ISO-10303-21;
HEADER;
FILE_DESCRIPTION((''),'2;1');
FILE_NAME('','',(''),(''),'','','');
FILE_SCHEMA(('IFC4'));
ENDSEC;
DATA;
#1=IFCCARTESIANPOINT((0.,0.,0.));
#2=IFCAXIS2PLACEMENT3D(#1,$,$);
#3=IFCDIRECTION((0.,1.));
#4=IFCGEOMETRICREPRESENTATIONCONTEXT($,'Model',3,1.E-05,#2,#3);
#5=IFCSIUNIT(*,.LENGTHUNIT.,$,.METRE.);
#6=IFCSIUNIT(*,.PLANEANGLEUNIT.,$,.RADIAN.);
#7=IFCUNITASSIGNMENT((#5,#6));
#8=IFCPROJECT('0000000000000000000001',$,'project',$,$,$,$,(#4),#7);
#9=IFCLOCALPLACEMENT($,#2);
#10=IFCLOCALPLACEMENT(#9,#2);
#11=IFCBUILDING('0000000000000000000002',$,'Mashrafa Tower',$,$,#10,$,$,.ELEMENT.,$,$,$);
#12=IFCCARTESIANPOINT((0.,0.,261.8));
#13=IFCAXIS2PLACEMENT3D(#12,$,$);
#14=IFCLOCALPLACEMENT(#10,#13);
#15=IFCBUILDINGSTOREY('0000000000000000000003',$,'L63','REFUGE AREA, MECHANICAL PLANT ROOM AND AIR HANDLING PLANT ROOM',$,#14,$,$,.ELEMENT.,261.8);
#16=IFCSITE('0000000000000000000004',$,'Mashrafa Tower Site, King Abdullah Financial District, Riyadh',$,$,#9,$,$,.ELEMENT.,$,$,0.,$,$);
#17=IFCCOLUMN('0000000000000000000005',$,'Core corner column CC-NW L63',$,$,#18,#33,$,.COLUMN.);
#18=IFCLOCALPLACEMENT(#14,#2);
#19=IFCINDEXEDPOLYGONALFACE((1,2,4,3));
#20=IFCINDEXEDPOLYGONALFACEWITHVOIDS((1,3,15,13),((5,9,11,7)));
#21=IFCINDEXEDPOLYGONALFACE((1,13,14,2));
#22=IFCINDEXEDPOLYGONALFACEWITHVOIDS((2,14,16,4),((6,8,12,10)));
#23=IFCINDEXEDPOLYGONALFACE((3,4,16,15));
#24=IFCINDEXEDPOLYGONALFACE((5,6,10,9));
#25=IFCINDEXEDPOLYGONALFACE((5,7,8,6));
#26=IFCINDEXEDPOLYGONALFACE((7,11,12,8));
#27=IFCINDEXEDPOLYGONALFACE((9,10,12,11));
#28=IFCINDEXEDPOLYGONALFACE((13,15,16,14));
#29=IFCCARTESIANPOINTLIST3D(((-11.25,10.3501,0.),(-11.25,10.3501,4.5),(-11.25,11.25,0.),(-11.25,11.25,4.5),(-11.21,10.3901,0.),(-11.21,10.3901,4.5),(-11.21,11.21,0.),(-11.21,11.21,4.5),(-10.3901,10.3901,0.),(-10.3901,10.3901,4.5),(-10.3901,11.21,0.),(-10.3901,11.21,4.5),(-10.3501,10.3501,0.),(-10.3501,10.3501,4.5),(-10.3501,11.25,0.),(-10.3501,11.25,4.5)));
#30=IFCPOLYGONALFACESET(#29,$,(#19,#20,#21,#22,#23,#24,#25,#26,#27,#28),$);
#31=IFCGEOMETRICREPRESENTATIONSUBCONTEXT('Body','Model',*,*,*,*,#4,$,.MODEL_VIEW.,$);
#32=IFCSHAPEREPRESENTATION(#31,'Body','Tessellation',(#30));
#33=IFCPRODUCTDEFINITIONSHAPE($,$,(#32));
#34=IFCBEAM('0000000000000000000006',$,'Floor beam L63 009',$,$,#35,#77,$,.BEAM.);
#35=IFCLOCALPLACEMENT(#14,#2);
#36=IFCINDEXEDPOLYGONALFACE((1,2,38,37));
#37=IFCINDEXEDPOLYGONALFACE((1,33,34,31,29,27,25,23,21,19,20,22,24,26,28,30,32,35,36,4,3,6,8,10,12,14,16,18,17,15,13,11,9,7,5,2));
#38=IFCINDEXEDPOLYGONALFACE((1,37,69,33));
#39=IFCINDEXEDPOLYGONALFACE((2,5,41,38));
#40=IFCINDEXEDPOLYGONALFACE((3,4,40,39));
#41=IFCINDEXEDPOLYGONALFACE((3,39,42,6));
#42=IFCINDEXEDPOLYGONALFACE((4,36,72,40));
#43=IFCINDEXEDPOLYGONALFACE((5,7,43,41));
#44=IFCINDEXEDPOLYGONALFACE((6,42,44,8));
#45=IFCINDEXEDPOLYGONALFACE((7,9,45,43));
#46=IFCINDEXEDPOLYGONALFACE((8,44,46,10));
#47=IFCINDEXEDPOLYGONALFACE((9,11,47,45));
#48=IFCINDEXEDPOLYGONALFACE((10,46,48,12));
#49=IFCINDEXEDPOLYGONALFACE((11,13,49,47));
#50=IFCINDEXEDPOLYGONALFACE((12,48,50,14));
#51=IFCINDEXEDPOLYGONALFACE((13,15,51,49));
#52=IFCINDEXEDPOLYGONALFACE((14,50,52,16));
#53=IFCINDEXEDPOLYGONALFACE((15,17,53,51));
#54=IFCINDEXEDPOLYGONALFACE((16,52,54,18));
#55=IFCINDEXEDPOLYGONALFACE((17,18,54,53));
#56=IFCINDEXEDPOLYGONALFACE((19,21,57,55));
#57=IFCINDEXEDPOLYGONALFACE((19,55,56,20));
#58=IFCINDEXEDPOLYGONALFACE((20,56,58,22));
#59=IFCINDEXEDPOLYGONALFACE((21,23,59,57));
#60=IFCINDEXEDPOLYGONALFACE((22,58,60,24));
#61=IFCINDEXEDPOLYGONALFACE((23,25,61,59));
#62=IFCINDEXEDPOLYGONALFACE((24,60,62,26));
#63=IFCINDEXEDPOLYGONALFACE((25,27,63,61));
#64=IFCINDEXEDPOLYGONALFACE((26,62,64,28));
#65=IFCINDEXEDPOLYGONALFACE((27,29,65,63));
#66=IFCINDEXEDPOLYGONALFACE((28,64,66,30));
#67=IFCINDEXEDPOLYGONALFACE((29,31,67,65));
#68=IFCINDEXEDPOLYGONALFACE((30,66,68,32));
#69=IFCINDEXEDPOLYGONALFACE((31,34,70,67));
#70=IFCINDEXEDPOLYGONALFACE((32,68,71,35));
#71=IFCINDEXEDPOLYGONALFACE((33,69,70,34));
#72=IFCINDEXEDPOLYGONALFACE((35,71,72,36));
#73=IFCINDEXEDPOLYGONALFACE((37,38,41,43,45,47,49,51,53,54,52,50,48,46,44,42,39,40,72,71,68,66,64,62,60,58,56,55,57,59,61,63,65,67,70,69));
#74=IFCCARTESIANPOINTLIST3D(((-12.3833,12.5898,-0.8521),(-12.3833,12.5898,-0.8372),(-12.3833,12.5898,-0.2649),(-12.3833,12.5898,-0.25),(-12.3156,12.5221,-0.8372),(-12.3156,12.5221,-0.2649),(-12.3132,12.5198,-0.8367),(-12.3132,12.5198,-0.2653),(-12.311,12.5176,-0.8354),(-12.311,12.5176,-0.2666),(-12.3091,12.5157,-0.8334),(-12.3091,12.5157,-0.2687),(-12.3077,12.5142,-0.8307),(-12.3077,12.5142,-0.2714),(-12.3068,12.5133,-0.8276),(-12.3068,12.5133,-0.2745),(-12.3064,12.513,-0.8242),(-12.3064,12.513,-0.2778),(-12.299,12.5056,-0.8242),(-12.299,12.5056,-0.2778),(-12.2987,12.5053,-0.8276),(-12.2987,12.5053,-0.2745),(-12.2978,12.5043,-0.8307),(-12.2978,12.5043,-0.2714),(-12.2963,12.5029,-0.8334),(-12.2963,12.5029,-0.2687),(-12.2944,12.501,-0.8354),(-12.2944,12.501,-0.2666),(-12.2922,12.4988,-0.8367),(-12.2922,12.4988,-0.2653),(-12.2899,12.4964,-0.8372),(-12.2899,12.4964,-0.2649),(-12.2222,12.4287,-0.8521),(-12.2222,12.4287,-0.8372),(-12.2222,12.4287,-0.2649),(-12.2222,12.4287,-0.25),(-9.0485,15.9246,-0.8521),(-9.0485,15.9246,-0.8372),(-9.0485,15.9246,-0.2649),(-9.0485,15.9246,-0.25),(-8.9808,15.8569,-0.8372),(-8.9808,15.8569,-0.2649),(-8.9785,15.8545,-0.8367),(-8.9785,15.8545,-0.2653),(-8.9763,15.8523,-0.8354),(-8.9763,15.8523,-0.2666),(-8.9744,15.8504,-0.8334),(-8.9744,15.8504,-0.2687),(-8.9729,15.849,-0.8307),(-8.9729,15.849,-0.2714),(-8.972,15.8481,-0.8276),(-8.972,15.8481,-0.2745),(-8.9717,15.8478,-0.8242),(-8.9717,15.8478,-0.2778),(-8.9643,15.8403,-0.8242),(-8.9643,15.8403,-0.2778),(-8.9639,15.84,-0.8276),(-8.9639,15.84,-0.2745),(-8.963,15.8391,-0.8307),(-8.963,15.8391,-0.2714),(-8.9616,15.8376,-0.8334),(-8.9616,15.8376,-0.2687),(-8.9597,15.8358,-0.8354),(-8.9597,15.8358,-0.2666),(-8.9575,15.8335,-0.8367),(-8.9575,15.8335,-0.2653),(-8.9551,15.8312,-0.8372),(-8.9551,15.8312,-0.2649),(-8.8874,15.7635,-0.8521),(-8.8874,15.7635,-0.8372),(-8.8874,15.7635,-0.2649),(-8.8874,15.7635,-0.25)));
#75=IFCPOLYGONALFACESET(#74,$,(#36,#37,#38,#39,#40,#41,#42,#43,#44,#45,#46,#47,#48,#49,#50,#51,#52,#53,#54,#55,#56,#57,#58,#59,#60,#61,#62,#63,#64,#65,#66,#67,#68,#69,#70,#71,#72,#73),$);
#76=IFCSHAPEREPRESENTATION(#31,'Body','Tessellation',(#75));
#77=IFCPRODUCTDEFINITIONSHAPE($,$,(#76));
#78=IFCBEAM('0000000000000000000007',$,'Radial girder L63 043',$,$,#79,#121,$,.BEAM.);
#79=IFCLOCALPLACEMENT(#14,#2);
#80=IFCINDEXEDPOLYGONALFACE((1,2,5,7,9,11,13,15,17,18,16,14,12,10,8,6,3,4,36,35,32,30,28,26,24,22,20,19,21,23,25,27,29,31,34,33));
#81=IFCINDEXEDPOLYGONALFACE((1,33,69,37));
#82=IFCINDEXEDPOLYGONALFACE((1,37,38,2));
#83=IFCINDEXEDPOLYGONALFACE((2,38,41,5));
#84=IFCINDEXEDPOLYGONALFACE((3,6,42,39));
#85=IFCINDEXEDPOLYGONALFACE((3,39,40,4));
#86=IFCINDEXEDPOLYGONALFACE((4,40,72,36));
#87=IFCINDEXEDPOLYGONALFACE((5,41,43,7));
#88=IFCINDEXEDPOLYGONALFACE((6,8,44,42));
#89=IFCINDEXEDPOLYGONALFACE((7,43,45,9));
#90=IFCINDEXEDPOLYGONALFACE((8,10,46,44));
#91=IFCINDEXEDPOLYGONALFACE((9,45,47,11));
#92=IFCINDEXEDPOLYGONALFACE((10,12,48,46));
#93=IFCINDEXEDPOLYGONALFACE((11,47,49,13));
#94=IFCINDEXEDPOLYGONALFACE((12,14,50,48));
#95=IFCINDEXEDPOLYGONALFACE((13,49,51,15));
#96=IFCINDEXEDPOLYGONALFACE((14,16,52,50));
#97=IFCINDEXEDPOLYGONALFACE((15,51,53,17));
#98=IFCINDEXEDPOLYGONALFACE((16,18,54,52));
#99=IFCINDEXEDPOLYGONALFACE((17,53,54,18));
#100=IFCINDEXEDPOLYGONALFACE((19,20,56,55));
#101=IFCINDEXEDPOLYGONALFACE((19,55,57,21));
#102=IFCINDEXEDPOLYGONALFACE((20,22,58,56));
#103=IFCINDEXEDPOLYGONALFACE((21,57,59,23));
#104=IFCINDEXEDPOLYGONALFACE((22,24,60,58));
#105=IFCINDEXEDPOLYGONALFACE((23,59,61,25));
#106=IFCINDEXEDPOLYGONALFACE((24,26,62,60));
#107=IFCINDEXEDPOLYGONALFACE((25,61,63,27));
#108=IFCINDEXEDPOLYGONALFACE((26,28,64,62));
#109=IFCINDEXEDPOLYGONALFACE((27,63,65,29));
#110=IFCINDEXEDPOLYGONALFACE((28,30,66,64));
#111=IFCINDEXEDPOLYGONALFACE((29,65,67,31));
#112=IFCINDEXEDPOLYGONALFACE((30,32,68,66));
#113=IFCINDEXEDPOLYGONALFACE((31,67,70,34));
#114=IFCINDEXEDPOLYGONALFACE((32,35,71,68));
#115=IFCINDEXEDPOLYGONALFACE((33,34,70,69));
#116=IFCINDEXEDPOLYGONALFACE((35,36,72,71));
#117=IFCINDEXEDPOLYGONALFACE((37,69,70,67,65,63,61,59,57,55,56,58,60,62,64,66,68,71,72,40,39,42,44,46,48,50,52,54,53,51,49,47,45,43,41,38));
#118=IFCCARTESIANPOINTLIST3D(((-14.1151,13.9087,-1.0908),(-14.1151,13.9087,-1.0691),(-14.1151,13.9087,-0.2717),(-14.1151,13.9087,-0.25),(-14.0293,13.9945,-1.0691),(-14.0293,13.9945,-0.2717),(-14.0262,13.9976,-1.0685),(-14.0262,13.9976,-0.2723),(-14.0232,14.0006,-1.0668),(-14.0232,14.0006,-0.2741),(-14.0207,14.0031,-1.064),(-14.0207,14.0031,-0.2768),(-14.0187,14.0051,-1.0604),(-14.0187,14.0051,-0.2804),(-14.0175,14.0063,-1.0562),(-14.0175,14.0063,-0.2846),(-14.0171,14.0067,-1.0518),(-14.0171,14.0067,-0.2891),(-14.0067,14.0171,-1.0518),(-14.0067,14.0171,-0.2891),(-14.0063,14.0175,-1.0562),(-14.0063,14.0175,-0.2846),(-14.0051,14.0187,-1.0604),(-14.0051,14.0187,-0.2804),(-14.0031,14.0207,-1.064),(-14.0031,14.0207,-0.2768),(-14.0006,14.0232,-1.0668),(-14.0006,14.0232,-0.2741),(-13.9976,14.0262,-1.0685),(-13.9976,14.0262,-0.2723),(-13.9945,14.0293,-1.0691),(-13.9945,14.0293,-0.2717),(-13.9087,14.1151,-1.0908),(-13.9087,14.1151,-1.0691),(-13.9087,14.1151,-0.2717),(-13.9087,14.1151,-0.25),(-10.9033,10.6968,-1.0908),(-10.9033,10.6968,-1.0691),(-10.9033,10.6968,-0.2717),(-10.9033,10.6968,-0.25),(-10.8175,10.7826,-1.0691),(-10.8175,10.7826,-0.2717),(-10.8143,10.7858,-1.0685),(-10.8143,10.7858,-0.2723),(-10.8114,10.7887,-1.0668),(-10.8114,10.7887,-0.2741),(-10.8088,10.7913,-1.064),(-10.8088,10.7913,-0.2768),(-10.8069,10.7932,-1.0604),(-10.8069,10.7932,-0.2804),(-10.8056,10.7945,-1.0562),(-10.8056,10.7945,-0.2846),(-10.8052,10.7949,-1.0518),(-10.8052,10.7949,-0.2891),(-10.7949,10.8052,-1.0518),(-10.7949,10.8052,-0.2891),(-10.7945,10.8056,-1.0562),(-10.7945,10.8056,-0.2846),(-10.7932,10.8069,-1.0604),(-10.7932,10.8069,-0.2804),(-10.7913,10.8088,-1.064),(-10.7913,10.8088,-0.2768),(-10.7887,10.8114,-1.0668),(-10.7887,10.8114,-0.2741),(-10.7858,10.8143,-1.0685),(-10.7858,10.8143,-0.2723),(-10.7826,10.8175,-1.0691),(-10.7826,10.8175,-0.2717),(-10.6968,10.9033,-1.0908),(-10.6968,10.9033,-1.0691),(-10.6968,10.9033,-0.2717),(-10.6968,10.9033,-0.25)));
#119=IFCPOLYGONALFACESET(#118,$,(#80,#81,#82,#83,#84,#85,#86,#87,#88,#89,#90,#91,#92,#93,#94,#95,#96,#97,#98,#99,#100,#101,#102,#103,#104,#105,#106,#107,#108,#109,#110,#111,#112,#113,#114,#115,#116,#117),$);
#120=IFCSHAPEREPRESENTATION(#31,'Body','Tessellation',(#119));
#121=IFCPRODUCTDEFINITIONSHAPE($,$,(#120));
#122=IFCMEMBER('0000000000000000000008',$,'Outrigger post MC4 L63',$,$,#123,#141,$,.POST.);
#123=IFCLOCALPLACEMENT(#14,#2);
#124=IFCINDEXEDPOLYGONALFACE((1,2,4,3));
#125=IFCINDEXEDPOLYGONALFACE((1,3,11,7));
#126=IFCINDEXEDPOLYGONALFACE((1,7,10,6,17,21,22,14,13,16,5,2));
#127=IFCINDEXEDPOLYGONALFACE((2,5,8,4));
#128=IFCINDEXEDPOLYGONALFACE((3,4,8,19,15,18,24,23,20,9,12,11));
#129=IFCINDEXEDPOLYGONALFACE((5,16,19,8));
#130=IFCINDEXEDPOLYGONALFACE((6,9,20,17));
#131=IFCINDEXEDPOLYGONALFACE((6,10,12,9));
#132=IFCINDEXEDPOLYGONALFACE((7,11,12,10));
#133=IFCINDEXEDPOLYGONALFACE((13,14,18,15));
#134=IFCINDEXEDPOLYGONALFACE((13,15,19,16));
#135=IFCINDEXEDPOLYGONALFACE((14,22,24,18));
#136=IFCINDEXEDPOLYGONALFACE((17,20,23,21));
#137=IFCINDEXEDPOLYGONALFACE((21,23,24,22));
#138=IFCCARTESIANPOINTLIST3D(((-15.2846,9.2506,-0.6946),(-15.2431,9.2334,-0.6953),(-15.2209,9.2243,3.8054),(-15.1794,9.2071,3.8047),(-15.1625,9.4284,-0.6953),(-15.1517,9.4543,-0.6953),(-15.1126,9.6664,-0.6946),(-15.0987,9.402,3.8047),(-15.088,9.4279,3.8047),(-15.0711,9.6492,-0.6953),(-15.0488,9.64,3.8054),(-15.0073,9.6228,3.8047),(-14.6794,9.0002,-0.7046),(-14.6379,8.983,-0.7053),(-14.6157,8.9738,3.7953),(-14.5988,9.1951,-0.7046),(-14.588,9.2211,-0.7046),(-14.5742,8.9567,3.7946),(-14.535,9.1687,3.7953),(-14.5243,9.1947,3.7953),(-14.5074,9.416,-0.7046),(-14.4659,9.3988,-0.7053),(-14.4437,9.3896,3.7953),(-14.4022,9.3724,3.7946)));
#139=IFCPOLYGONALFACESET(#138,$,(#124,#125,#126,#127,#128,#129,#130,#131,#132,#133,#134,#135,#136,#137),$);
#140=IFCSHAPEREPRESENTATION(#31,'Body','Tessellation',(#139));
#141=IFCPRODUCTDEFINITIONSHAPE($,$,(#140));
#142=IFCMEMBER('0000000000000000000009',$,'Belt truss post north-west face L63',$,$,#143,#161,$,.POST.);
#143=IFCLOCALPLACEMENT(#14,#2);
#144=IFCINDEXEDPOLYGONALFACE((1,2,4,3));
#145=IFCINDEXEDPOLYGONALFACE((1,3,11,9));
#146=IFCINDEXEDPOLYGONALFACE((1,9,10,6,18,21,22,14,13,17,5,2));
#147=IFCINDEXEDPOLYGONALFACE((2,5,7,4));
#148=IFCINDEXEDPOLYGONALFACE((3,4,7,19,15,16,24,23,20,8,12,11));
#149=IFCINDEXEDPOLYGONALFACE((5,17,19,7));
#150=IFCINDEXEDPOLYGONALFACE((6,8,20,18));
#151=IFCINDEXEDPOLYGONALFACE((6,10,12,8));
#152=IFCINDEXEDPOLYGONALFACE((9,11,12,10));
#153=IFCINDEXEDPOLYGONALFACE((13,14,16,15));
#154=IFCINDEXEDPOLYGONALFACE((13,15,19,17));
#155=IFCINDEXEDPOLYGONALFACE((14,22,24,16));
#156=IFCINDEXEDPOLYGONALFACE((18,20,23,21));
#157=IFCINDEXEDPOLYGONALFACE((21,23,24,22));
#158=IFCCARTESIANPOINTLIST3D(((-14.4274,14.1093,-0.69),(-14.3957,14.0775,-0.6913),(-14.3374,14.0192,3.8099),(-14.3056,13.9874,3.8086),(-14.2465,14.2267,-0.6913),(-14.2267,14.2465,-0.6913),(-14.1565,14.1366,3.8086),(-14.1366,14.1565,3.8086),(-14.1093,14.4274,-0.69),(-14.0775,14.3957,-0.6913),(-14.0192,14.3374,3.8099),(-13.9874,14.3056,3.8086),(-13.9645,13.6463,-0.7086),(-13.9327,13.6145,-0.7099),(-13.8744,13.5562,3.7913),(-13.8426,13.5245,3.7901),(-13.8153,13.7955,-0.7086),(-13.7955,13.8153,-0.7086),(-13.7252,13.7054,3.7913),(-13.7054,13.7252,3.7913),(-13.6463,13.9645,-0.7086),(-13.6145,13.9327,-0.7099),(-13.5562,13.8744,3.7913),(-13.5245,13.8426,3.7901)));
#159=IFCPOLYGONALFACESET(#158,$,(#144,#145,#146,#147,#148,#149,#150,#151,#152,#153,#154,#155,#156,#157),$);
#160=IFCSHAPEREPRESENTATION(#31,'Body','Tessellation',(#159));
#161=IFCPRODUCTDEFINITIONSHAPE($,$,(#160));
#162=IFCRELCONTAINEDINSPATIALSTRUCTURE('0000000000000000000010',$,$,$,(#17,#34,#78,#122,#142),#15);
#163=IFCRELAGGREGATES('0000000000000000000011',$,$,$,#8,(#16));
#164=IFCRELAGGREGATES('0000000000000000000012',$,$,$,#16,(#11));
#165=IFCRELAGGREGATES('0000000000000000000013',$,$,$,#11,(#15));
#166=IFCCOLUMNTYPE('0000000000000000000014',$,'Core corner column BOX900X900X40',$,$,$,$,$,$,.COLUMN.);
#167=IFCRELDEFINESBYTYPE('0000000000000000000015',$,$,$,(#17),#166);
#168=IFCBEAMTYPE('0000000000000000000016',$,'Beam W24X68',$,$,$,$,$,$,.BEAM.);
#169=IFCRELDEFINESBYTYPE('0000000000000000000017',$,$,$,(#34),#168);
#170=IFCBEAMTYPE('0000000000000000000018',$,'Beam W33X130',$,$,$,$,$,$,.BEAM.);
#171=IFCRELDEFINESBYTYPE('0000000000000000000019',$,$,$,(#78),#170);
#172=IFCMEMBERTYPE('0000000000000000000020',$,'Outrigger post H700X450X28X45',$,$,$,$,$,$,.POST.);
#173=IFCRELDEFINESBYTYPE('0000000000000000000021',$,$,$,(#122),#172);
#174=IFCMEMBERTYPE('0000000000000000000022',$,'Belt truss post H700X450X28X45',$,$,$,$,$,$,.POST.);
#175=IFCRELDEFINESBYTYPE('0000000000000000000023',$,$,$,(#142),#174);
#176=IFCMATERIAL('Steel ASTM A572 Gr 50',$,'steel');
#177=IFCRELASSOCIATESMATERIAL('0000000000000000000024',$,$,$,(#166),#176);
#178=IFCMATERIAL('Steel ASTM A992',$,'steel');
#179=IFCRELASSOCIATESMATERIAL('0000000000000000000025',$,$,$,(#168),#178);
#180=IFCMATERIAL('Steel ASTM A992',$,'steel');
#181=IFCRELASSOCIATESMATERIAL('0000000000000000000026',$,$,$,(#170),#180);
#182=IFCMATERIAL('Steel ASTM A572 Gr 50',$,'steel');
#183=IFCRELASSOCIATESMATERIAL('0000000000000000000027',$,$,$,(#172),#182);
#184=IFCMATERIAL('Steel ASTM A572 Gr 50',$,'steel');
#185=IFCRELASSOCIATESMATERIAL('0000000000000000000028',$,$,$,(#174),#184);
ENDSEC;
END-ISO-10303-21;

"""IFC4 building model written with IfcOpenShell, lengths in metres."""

from ifc_helpers import new_model, si_unit, direction, frame, origin, origin_2d, place, context, subcontext, project, spatial, hollow_rectangle, i_section, extrude, source, transform, mapped, material, material_profile, profile_set, type_object, type_shapes, element, save


model = new_model("IFC4")

# Units and contexts
model_context = context("Model", 3, precision=1e-05, world=origin(), true_north=direction((0.0, 1.0)))
body_context = subcontext(model_context, "Body", "Model", "MODEL_VIEW")
ifc_project = project(units=[si_unit("LENGTHUNIT", "METRE"), si_unit("PLANEANGLEUNIT", "RADIAN")], contexts=[model_context])

# Site, building, storey
site_placement = place(None, origin())
site = spatial("IfcSite", under=ifc_project, at=site_placement, Name="Mashrafa Tower Site, King Abdullah Financial District, Riyadh", CompositionType="ELEMENT", RefElevation=0.0)
building_placement = place(site_placement, origin())
building = spatial("IfcBuilding", under=site, at=building_placement, Name="Mashrafa Tower", CompositionType="ELEMENT")
storey_placement = place(building_placement, frame((0.0, 0.0, 261.8)))
storey = spatial("IfcBuildingStorey", under=building, at=storey_placement, Name="L63", Description="REFUGE AREA, MECHANICAL PLANT ROOM AND AIR HANDLING PLANT ROOM", CompositionType="ELEMENT", Elevation=261.8)

# Column
ifc_material_1 = material(Name="Steel ASTM A572 Gr 50", Category="steel")
ifc_material_profile_1 = material_profile(ifc_material_1, hollow_rectangle(XDim=0.8999, YDim=0.8999, WallThickness=0.04, at=origin_2d()), Name="BOX900X900X40")
ifc_profile_set_1 = profile_set([ifc_material_profile_1], Name="Steel ASTM A572 Gr 50")
column_type = type_object("IfcColumnType", Name="Core corner column BOX900X900X40", PredefinedType="COLUMN", material=ifc_profile_set_1)
column_placement = place(storey_placement, frame((-10.8, 10.8, 0.0), z_axis=(0.0, 0.0, 1.0), x_axis=(1.0, 0.0, 0.0)))
element("IfcColumn", 1, at=column_placement, inside=storey, type_object=column_type, Name="Core corner column CC-NW L63", PredefinedType="COLUMN", context=body_context, shape_type="SweptSolid", body=[
    extrude(hollow_rectangle(XDim=0.8999, YDim=0.8999, WallThickness=0.04, at=origin_2d()), origin(), (0.0, 0.0, 1.0), 4.5),
])

# Beams
ifc_material_2 = material(Name="Steel ASTM A992", Category="steel")
ifc_material_profile_2 = material_profile(ifc_material_2, i_section(OverallWidth=0.2278, OverallDepth=0.6021, WebThickness=0.0105, FlangeThickness=0.0149, FilletRadius=0.0129, at=origin_2d()), Name="W24X68")
ifc_profile_set_2 = profile_set([ifc_material_profile_2], Name="Steel ASTM A992")
beam_type_1 = type_object("IfcBeamType", Name="Beam W24X68", PredefinedType="BEAM", material=ifc_profile_set_2)
beam_1_placement = place(storey_placement, frame((-12.3027, 12.5093, -0.551), z_axis=(0.707107, 0.707107, 0.0), x_axis=(-0.707107, 0.707107, 0.0)))
element("IfcBeam", 2, at=beam_1_placement, inside=storey, type_object=beam_type_1, Name="Floor beam L63 009", PredefinedType="BEAM", context=body_context, shape_type="SweptSolid", body=[
    extrude(i_section(OverallWidth=0.2278, OverallDepth=0.6021, WebThickness=0.0105, FlangeThickness=0.0149, FilletRadius=0.0129, at=origin_2d()), origin(), (0.0, 0.0, 1.0), 4.7161),
])
ifc_material_3 = material(Name="Steel ASTM A992", Category="steel")
ifc_material_profile_3 = material_profile(ifc_material_3, i_section(OverallWidth=0.292, OverallDepth=0.8408, WebThickness=0.0146, FlangeThickness=0.0217, FilletRadius=0.0173, at=origin_2d()), Name="W33X130")
ifc_profile_set_3 = profile_set([ifc_material_profile_3], Name="Steel ASTM A992")
beam_type_2 = type_object("IfcBeamType", Name="Beam W33X130", PredefinedType="BEAM", material=ifc_profile_set_3)
beam_2_placement = place(storey_placement, frame((-10.8, 10.8, -0.6704), z_axis=(-0.707107, 0.707107, 0.0), x_axis=(-0.707107, -0.707107, 0.0)))
element("IfcBeam", 3, at=beam_2_placement, inside=storey, type_object=beam_type_2, Name="Radial girder L63 043", PredefinedType="BEAM", context=body_context, shape_type="SweptSolid", body=[
    extrude(i_section(OverallWidth=0.292, OverallDepth=0.8408, WebThickness=0.0146, FlangeThickness=0.0217, FilletRadius=0.0173, at=origin_2d()), origin(), (0.0, 0.0, 1.0), 4.5422),
])

# Members
ifc_material_4 = material(Name="Steel ASTM A572 Gr 50", Category="steel")
ifc_material_profile_4 = material_profile(ifc_material_4, i_section(OverallWidth=0.45, OverallDepth=0.7, WebThickness=0.0281, FlangeThickness=0.0449, at=origin_2d()), Name="H700X450X28X45")
ifc_profile_set_4 = profile_set([ifc_material_profile_4], Name="Steel ASTM A572 Gr 50")
member_type_1 = type_object("IfcMemberType", Name="Outrigger post H700X450X28X45", PredefinedType="POST", material=ifc_profile_set_4)
shared_shape_1 = source(origin(), body_context, "Body", "SweptSolid", [
    extrude(i_section(OverallWidth=0.45, OverallDepth=0.7, WebThickness=0.0281, FlangeThickness=0.0449, at=origin_2d()), origin(), (0.0, 0.0, 1.0), 4.5005),
])
type_shapes(member_type_1, [shared_shape_1])
member_1_placement = place(storey_placement, frame((-14.8752, 9.3247, -0.7), z_axis=(0.014158, -0.005859, 0.999883), x_axis=(0.382352, 0.924017, 0.0)))
element("IfcMember", 4, at=member_1_placement, inside=storey, type_object=member_type_1, Name="Outrigger post MC4 L63", PredefinedType="POST", context=body_context, shape_type="MappedRepresentation", body=[
    mapped(shared_shape_1, transform((0.0, 0.0, 0.0))),
])
ifc_material_5 = material(Name="Steel ASTM A572 Gr 50", Category="steel")
ifc_material_profile_5 = material_profile(ifc_material_5, i_section(OverallWidth=0.45, OverallDepth=0.7, WebThickness=0.0281, FlangeThickness=0.0449, at=origin_2d()), Name="H700X450X28X45")
ifc_profile_set_5 = profile_set([ifc_material_profile_5], Name="Steel ASTM A572 Gr 50")
member_type_2 = type_object("IfcMemberType", Name="Belt truss post H700X450X28X45", PredefinedType="POST", material=ifc_profile_set_5)
shared_shape_2 = source(origin(), body_context, "Body", "SweptSolid", [
    extrude(i_section(OverallWidth=0.45, OverallDepth=0.7, WebThickness=0.0281, FlangeThickness=0.0449, at=origin_2d()), origin(), (0.0, 0.0, 1.0), 4.5017),
])
type_shapes(member_type_2, [shared_shape_2])
member_2_placement = place(storey_placement, frame((-14.021, 14.021, -0.7), z_axis=(0.020012, -0.020012, 0.999599), x_axis=(0.707107, 0.707107, 0.0)))
element("IfcMember", 5, at=member_2_placement, inside=storey, type_object=member_type_2, Name="Belt truss post north-west face L63", PredefinedType="POST", context=body_context, shape_type="MappedRepresentation", body=[
    mapped(shared_shape_2, transform((0.0, 0.0, 0.0))),
])

save(model, "model.ifc")
